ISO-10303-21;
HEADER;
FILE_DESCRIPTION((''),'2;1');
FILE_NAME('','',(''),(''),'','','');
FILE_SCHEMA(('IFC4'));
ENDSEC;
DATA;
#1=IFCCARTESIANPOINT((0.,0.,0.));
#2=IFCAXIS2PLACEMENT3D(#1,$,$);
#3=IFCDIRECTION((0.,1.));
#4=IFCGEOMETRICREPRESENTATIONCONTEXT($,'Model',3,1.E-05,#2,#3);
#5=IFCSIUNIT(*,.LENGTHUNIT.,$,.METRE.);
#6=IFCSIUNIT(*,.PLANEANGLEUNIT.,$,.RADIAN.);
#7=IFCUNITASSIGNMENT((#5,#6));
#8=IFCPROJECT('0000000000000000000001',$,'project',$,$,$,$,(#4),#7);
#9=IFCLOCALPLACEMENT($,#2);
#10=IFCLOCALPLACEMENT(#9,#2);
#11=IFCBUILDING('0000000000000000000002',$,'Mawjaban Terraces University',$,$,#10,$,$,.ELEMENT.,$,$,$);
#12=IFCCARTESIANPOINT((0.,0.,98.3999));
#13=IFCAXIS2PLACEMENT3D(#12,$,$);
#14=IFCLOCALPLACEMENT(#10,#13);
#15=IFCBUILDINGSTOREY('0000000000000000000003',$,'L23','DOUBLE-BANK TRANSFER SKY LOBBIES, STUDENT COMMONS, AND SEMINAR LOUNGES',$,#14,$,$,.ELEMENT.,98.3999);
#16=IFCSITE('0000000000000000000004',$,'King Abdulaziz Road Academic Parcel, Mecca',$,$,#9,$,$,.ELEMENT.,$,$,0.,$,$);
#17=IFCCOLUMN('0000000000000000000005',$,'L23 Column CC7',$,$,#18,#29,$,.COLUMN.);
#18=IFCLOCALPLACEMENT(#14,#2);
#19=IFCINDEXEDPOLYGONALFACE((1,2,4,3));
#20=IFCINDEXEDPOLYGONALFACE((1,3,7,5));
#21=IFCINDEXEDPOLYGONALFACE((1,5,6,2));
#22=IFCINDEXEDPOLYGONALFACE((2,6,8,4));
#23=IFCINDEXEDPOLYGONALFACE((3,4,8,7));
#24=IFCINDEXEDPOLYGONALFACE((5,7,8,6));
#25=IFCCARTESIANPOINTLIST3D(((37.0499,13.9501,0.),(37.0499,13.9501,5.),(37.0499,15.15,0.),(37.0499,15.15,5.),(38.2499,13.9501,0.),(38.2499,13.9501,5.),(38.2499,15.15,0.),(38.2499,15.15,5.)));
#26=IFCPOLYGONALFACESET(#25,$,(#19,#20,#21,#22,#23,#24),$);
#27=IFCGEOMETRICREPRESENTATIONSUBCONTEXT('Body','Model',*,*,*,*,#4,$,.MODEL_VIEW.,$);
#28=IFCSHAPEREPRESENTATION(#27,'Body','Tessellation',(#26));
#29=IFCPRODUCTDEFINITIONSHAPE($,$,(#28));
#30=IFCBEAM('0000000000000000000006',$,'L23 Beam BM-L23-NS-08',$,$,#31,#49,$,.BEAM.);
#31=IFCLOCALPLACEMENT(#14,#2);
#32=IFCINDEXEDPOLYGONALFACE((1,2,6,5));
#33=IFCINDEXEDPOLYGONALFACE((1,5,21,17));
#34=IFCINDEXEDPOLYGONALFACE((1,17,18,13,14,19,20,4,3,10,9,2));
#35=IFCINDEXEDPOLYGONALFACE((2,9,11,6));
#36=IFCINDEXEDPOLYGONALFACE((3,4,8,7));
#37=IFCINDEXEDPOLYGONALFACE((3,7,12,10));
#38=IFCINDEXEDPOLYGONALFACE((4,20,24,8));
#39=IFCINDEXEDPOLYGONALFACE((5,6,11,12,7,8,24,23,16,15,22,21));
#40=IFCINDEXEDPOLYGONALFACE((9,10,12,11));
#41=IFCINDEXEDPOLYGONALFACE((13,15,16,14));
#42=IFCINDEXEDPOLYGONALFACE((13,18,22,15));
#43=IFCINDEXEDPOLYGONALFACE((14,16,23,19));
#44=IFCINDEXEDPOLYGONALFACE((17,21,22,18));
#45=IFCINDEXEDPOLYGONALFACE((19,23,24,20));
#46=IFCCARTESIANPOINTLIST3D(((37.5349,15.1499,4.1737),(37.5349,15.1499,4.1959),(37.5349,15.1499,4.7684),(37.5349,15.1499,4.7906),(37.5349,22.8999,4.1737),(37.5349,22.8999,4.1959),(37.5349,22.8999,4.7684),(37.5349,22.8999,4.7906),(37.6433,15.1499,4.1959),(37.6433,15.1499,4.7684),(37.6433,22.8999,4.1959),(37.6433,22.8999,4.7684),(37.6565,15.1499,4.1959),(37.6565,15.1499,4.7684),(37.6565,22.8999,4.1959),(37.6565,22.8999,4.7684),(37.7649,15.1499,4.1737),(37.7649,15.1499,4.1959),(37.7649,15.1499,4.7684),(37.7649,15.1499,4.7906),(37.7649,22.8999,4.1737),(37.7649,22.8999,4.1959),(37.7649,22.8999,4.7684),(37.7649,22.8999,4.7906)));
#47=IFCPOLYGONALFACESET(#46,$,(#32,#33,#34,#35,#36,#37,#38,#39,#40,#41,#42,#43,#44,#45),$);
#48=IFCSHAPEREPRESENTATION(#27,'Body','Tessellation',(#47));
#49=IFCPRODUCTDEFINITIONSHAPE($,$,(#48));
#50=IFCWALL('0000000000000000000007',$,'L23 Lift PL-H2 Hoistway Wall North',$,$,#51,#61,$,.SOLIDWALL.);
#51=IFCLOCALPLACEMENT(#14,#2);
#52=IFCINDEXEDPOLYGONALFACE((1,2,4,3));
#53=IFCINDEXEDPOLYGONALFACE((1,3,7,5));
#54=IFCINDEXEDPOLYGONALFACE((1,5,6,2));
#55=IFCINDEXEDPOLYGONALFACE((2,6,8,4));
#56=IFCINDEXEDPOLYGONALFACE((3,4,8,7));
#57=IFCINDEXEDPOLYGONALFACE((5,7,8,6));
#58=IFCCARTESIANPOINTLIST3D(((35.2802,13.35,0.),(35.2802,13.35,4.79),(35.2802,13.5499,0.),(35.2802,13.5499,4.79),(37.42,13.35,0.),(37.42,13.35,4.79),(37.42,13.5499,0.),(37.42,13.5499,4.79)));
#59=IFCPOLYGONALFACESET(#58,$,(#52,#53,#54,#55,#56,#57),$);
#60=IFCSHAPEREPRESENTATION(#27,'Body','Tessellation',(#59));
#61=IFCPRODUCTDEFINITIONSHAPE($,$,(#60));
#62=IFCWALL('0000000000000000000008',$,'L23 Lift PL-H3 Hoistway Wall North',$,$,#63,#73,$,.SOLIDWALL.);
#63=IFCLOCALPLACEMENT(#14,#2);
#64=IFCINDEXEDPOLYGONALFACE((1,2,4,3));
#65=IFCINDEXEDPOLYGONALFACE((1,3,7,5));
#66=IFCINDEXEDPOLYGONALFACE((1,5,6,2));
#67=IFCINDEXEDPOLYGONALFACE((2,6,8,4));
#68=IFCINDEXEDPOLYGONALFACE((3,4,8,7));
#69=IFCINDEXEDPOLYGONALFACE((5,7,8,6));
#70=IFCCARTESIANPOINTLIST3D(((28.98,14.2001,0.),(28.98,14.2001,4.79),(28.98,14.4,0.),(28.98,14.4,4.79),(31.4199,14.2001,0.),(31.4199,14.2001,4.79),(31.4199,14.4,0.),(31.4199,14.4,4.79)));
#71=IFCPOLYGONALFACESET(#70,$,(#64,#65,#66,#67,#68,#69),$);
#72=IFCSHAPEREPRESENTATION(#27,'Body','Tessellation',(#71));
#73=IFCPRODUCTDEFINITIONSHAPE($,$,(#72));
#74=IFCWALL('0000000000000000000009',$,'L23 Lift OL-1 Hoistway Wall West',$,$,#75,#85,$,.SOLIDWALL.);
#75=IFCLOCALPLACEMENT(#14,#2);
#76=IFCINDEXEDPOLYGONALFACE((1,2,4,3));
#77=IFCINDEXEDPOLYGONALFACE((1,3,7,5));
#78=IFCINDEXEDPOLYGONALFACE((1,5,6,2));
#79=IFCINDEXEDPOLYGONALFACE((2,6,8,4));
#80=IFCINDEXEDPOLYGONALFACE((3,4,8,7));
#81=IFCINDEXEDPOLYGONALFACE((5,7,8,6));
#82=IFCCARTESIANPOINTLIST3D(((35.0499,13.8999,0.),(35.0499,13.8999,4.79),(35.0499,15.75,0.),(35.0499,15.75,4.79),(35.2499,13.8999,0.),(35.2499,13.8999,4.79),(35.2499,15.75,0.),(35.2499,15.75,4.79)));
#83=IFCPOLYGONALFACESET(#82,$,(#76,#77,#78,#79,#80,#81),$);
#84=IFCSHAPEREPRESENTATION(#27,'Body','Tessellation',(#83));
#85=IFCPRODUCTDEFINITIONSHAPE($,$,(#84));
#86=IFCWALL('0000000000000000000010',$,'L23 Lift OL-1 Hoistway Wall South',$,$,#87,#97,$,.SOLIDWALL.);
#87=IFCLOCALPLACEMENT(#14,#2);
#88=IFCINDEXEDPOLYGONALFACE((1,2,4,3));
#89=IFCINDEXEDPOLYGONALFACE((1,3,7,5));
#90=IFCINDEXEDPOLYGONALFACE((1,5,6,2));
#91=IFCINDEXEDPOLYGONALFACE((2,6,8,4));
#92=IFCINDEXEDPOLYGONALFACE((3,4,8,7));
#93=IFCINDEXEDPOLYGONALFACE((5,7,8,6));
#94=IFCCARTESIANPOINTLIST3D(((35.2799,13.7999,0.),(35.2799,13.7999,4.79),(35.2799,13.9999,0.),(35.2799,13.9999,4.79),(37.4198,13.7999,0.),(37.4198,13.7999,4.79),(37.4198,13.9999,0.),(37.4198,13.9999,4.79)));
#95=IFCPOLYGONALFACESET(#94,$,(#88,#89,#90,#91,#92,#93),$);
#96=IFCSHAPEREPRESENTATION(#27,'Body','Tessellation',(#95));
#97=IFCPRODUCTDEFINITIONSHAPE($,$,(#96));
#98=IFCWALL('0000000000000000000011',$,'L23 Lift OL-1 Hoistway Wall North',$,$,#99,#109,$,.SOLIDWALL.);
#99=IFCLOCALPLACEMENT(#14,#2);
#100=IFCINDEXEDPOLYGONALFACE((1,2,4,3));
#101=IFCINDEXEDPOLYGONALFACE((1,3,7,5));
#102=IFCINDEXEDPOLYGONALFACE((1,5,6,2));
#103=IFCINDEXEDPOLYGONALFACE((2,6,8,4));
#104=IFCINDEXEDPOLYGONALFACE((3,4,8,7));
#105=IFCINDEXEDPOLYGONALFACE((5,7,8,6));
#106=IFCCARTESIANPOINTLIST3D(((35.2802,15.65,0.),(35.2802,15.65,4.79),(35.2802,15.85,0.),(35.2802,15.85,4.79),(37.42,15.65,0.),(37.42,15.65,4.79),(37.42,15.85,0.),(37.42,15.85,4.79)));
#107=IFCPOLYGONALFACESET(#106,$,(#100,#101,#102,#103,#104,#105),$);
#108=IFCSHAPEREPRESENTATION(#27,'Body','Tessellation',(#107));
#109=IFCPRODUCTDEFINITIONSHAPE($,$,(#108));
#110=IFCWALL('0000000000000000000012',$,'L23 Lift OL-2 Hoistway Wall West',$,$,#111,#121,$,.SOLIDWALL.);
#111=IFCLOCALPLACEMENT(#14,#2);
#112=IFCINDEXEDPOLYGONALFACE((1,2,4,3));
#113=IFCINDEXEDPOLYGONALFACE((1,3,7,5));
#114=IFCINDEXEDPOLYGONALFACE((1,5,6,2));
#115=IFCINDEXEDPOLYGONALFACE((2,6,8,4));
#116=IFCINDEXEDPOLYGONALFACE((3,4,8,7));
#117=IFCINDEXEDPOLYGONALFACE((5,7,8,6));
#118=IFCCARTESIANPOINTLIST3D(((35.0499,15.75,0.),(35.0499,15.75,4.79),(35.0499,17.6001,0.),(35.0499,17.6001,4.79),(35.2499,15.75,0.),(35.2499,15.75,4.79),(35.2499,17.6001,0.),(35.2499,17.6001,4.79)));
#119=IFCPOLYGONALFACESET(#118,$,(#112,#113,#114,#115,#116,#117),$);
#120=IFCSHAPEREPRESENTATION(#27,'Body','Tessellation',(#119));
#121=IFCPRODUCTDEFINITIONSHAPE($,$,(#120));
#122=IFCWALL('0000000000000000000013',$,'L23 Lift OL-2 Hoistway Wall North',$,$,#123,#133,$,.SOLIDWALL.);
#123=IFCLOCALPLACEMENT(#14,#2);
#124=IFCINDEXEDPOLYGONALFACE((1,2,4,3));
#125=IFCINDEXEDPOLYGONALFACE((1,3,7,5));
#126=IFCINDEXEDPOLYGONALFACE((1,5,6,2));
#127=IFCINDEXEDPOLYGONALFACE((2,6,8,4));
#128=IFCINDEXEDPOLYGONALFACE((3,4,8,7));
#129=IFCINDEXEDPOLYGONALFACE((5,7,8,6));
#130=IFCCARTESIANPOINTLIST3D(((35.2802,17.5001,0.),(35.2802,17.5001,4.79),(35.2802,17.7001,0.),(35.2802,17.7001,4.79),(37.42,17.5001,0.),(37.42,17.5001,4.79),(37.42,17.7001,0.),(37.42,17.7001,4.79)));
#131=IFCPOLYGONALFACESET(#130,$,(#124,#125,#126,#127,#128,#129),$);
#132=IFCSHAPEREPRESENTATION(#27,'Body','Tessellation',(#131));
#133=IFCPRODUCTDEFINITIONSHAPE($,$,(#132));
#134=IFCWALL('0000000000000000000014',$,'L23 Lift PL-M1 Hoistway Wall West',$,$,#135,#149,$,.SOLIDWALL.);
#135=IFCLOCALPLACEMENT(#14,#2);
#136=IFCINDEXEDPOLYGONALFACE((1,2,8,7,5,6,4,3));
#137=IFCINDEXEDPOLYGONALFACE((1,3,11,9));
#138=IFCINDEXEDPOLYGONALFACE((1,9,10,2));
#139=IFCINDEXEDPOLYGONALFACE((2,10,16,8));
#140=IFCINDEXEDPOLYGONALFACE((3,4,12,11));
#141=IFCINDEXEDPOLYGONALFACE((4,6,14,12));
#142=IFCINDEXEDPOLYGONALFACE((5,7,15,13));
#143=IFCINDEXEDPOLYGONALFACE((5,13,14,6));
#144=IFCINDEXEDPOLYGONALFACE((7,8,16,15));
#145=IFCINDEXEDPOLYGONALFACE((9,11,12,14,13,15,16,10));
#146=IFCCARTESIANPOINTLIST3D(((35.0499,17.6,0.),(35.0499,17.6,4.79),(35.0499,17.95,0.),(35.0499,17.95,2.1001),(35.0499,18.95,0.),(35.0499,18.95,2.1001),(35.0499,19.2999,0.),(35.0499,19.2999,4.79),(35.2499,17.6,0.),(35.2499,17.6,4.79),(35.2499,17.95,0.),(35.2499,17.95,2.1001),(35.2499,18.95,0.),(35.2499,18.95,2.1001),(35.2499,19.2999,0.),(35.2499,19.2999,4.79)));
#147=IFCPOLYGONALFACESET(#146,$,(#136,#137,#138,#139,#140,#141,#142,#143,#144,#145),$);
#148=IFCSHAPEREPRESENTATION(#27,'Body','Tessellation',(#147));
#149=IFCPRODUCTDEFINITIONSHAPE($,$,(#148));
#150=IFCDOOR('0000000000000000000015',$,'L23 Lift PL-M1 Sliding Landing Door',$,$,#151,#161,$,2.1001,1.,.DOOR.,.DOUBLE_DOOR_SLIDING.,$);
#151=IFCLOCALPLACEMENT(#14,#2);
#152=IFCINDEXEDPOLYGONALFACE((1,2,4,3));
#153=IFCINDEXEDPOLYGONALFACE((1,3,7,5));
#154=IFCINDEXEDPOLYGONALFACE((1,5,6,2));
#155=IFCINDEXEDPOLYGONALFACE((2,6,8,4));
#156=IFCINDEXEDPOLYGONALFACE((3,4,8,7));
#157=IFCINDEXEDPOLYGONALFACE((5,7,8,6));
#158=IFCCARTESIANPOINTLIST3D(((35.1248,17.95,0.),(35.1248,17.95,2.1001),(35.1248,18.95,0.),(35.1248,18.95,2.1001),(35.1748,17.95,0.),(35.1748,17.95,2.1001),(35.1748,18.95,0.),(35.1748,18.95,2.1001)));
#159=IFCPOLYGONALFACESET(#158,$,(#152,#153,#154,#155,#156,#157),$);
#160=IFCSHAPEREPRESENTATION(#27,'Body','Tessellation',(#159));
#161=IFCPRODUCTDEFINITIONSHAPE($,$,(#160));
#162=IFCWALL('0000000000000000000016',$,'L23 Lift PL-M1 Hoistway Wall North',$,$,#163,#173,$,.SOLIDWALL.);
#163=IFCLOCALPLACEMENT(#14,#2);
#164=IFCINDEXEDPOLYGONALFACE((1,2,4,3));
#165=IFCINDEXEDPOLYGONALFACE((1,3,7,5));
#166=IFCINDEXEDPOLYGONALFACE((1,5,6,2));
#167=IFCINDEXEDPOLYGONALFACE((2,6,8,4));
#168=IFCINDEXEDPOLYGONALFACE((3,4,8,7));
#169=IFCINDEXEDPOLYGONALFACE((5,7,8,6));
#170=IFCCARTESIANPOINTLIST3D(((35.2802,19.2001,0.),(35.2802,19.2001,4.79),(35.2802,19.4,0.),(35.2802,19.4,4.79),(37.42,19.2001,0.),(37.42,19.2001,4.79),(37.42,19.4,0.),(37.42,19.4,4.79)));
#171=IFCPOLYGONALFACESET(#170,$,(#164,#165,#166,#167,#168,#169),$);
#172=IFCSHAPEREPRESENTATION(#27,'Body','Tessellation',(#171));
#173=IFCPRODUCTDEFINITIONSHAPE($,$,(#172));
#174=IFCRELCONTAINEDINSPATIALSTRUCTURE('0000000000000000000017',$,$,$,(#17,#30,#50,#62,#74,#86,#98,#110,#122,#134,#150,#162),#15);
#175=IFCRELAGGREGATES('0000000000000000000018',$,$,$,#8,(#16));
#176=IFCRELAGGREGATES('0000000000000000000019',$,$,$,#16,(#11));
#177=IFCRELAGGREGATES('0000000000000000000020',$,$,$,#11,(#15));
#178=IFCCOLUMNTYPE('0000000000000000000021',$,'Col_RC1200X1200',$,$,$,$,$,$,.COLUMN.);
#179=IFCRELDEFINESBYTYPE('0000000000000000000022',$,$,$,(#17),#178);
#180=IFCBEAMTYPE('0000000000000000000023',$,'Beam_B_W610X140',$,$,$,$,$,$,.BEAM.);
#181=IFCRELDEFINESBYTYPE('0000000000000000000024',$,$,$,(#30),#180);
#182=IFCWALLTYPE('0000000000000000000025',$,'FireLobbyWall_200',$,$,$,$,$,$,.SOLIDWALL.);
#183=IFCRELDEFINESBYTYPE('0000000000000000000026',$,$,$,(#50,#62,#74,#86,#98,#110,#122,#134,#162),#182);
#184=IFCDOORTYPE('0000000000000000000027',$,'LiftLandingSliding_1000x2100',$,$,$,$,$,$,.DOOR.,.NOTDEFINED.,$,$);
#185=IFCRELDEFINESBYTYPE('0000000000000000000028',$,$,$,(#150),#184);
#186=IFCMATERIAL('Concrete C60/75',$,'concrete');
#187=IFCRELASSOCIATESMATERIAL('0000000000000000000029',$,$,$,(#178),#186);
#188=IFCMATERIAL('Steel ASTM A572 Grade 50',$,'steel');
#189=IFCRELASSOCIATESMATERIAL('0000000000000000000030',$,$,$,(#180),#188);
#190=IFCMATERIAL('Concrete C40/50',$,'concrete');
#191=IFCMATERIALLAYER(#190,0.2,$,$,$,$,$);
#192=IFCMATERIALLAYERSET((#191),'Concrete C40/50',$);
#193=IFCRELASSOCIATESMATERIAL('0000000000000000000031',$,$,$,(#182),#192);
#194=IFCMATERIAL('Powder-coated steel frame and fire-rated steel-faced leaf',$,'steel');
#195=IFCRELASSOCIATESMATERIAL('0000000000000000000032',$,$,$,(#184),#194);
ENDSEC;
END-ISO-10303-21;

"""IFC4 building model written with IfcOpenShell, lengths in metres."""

from ifc_helpers import new_model, si_unit, direction, frame, frame_2d, origin, origin_2d, place, context, subcontext, project, spatial, rectangle, i_section, extrude, material, layer, layer_set, material_profile, profile_set, type_object, element, fill, save


model = new_model("IFC4")

# Units and contexts
model_context = context("Model", 3, precision=1e-05, world=origin(), true_north=direction((0.0, 1.0)))
body_context = subcontext(model_context, "Body", "Model", "MODEL_VIEW")
ifc_project = project(units=[si_unit("LENGTHUNIT", "METRE"), si_unit("PLANEANGLEUNIT", "RADIAN")], contexts=[model_context])

# Site, building, storey
site_placement = place(None, origin())
site = spatial("IfcSite", under=ifc_project, at=site_placement, Name="King Abdulaziz Road Academic Parcel, Mecca", CompositionType="ELEMENT", RefElevation=0.0)
building_placement = place(site_placement, origin())
building = spatial("IfcBuilding", under=site, at=building_placement, Name="Mawjaban Terraces University", CompositionType="ELEMENT")
storey_placement = place(building_placement, frame((0.0, 0.0, 98.3999)))
storey = spatial("IfcBuildingStorey", under=building, at=storey_placement, Name="L23", Description="DOUBLE-BANK TRANSFER SKY LOBBIES, STUDENT COMMONS, AND SEMINAR LOUNGES", CompositionType="ELEMENT", Elevation=98.3999)

# Column
ifc_material_1 = material(Name="Concrete C60/75", Category="concrete")
ifc_material_profile_1 = material_profile(ifc_material_1, rectangle(XDim=1.2, YDim=1.2, at=origin_2d()), Name="RC1200X1200")
ifc_profile_set_1 = profile_set([ifc_material_profile_1], Name="Concrete C60/75")
column_type = type_object("IfcColumnType", Name="Col_RC1200X1200", PredefinedType="COLUMN", material=ifc_profile_set_1)
column_placement = place(storey_placement, frame((37.6499, 14.55, 0.0), z_axis=(0.0, 0.0, 1.0), x_axis=(1.0, 0.0, 0.0)))
element("IfcColumn", 1, at=column_placement, inside=storey, type_object=column_type, Name="L23 Column CC7", PredefinedType="COLUMN", context=body_context, shape_type="SweptSolid", body=[
    extrude(rectangle(XDim=1.2, YDim=1.2, at=origin_2d()), origin(), (0.0, 0.0, 1.0), 5.0),
])

# Beam
ifc_material_2 = material(Name="Steel ASTM A572 Grade 50", Category="steel")
ifc_material_profile_2 = material_profile(ifc_material_2, i_section(OverallWidth=0.23, OverallDepth=0.6169, WebThickness=0.0132, FlangeThickness=0.0222, at=origin_2d()), Name="W610X140")
ifc_profile_set_2 = profile_set([ifc_material_profile_2], Name="Steel ASTM A572 Grade 50")
beam_type = type_object("IfcBeamType", Name="Beam_B_W610X140", PredefinedType="BEAM", material=ifc_profile_set_2)
beam_placement = place(storey_placement, frame((37.6499, 15.1499, 4.4822), z_axis=(0.0, 1.0, 0.0), x_axis=(-1.0, 0.0, 0.0)))
element("IfcBeam", 2, at=beam_placement, inside=storey, type_object=beam_type, Name="L23 Beam BM-L23-NS-08", PredefinedType="BEAM", context=body_context, shape_type="SweptSolid", body=[
    extrude(i_section(OverallWidth=0.23, OverallDepth=0.6169, WebThickness=0.0132, FlangeThickness=0.0222, at=origin_2d()), origin(), (0.0, 0.0, 1.0), 7.75),
])

# Walls
ifc_material_3 = material(Name="Concrete C40/50", Category="concrete")
ifc_layer_1 = layer(ifc_material_3, 0.2)
ifc_layer_set_1 = layer_set([ifc_layer_1], Name="Concrete C40/50")
wall_type_1 = type_object("IfcWallType", Name="FireLobbyWall_200", PredefinedType="SOLIDWALL", material=ifc_layer_set_1)
wall_1_placement = place(storey_placement, frame((37.4199, 13.45, 0.0), z_axis=(0.0, 0.0, 1.0), x_axis=(-1.0, 0.0, 0.0)))
element("IfcWall", 3, at=wall_1_placement, inside=storey, type_object=wall_type_1, Name="L23 Lift PL-H2 Hoistway Wall North", PredefinedType="SOLIDWALL", context=body_context, shape_type="SweptSolid", body=[
    extrude(rectangle(XDim=2.1399, YDim=0.2, at=frame_2d((1.0698, 0.0))), origin(), (0.0, 0.0, 1.0), 4.79),
])
wall_2_placement = place(storey_placement, frame((31.4199, 14.3, 0.0), z_axis=(0.0, 0.0, 1.0), x_axis=(-1.0, 0.0, 0.0)))
element("IfcWall", 4, at=wall_2_placement, inside=storey, type_object=wall_type_1, Name="L23 Lift PL-H3 Hoistway Wall North", PredefinedType="SOLIDWALL", context=body_context, shape_type="SweptSolid", body=[
    extrude(rectangle(XDim=2.4399, YDim=0.2, at=frame_2d((1.22, 0.0))), origin(), (0.0, 0.0, 1.0), 4.79),
])
wall_3_placement = place(storey_placement, frame((35.1499, 15.75, 0.0), z_axis=(0.0, 0.0, 1.0), x_axis=(0.0, -1.0, 0.0)))
element("IfcWall", 5, at=wall_3_placement, inside=storey, type_object=wall_type_1, Name="L23 Lift OL-1 Hoistway Wall West", PredefinedType="SOLIDWALL", context=body_context, shape_type="SweptSolid", body=[
    extrude(rectangle(XDim=1.8501, YDim=0.2, at=frame_2d((0.925, 0.0))), origin(), (0.0, 0.0, 1.0), 4.79),
])
for number, where, z_axis, x_axis, name in (
    (6, (35.28, 13.8999, 0.0), (0.0, 0.0, 1.0), (1.0, 0.0, 0.0), "L23 Lift OL-1 Hoistway Wall South"),
    (7, (37.4199, 15.75, 0.0), (0.0, 0.0, 1.0), (-1.0, 0.0, 0.0), "L23 Lift OL-1 Hoistway Wall North"),
):
    element("IfcWall", number, at=place(storey_placement, frame(where, z_axis=z_axis, x_axis=x_axis)), inside=storey, type_object=wall_type_1, Name=name, PredefinedType="SOLIDWALL", context=body_context, shape_type="SweptSolid", body=[
        extrude(rectangle(XDim=2.1399, YDim=0.2, at=frame_2d((1.0698, 0.0))), origin(), (0.0, 0.0, 1.0), 4.79),
    ])
wall_4_placement = place(storey_placement, frame((35.1499, 17.6001, 0.0), z_axis=(0.0, 0.0, 1.0), x_axis=(0.0, -1.0, 0.0)))
element("IfcWall", 8, at=wall_4_placement, inside=storey, type_object=wall_type_1, Name="L23 Lift OL-2 Hoistway Wall West", PredefinedType="SOLIDWALL", context=body_context, shape_type="SweptSolid", body=[
    extrude(rectangle(XDim=1.8501, YDim=0.2, at=frame_2d((0.925, 0.0))), origin(), (0.0, 0.0, 1.0), 4.79),
])
wall_5_placement = place(storey_placement, frame((37.4199, 17.6001, 0.0), z_axis=(0.0, 0.0, 1.0), x_axis=(-1.0, 0.0, 0.0)))
element("IfcWall", 9, at=wall_5_placement, inside=storey, type_object=wall_type_1, Name="L23 Lift OL-2 Hoistway Wall North", PredefinedType="SOLIDWALL", context=body_context, shape_type="SweptSolid", body=[
    extrude(rectangle(XDim=2.1399, YDim=0.2, at=frame_2d((1.0698, 0.0))), origin(), (0.0, 0.0, 1.0), 4.79),
])

# Wall, opening, door
wall_6_placement = place(storey_placement, frame((35.1499, 19.3, 0.0), z_axis=(0.0, 0.0, 1.0), x_axis=(0.0, -1.0, 0.0)))
wall_6 = element("IfcWall", 10, at=wall_6_placement, inside=storey, type_object=wall_type_1, Name="L23 Lift PL-M1 Hoistway Wall West", PredefinedType="SOLIDWALL", context=body_context, shape_type="SweptSolid", body=[
    extrude(rectangle(XDim=1.7, YDim=0.2, at=frame_2d((0.8501, 0.0))), origin(), (0.0, 0.0, 1.0), 4.79),
])
opening_1_placement = place(wall_6_placement, frame((0.3501, 0.0, 0.0)))
opening_1 = element("IfcOpeningElement", 11, at=opening_1_placement, cuts=wall_6, PredefinedType="OPENING", context=body_context, shape_type="SweptSolid", body=[
    extrude(rectangle(XDim=1.0, YDim=2.1001, at=frame_2d((0.5, 1.05))), frame((0.0, 0.1099, 0.0), z_axis=(0.0, -1.0, 0.0), x_axis=(1.0, 0.0, 0.0)), (0.0, 0.0, 1.0), 0.22),
])
ifc_material_4 = material(Name="Powder-coated steel frame and fire-rated steel-faced leaf", Category="steel")
door_type_1 = type_object("IfcDoorType", Name="LiftLandingSliding_1000x2100", OperationType="NOTDEFINED", PredefinedType="DOOR", material=ifc_material_4)
door_1_placement = place(opening_1_placement, origin())
door_1 = element("IfcDoor", 12, at=door_1_placement, inside=storey, type_object=door_type_1, Name="L23 Lift PL-M1 Sliding Landing Door", OperationType="DOUBLE_DOOR_SLIDING", OverallHeight=2.1001, OverallWidth=1.0, PredefinedType="DOOR", context=body_context, shape_type="SweptSolid", body=[
    extrude(rectangle(XDim=1.0, YDim=2.1001, at=frame_2d((0.5, 1.05))), frame((0.0, 0.0249, 0.0), z_axis=(0.0, -1.0, 0.0), x_axis=(1.0, 0.0, 0.0)), (0.0, 0.0, 1.0), 0.05),
])
fill(opening_1, door_1)

# Wall
wall_7_placement = place(storey_placement, frame((37.4199, 19.3, 0.0), z_axis=(0.0, 0.0, 1.0), x_axis=(-1.0, 0.0, 0.0)))
element("IfcWall", 13, at=wall_7_placement, inside=storey, type_object=wall_type_1, Name="L23 Lift PL-M1 Hoistway Wall North", PredefinedType="SOLIDWALL", context=body_context, shape_type="SweptSolid", body=[
    extrude(rectangle(XDim=2.1399, YDim=0.2, at=frame_2d((1.0698, 0.0))), origin(), (0.0, 0.0, 1.0), 4.79),
])

save(model, "model.ifc")
